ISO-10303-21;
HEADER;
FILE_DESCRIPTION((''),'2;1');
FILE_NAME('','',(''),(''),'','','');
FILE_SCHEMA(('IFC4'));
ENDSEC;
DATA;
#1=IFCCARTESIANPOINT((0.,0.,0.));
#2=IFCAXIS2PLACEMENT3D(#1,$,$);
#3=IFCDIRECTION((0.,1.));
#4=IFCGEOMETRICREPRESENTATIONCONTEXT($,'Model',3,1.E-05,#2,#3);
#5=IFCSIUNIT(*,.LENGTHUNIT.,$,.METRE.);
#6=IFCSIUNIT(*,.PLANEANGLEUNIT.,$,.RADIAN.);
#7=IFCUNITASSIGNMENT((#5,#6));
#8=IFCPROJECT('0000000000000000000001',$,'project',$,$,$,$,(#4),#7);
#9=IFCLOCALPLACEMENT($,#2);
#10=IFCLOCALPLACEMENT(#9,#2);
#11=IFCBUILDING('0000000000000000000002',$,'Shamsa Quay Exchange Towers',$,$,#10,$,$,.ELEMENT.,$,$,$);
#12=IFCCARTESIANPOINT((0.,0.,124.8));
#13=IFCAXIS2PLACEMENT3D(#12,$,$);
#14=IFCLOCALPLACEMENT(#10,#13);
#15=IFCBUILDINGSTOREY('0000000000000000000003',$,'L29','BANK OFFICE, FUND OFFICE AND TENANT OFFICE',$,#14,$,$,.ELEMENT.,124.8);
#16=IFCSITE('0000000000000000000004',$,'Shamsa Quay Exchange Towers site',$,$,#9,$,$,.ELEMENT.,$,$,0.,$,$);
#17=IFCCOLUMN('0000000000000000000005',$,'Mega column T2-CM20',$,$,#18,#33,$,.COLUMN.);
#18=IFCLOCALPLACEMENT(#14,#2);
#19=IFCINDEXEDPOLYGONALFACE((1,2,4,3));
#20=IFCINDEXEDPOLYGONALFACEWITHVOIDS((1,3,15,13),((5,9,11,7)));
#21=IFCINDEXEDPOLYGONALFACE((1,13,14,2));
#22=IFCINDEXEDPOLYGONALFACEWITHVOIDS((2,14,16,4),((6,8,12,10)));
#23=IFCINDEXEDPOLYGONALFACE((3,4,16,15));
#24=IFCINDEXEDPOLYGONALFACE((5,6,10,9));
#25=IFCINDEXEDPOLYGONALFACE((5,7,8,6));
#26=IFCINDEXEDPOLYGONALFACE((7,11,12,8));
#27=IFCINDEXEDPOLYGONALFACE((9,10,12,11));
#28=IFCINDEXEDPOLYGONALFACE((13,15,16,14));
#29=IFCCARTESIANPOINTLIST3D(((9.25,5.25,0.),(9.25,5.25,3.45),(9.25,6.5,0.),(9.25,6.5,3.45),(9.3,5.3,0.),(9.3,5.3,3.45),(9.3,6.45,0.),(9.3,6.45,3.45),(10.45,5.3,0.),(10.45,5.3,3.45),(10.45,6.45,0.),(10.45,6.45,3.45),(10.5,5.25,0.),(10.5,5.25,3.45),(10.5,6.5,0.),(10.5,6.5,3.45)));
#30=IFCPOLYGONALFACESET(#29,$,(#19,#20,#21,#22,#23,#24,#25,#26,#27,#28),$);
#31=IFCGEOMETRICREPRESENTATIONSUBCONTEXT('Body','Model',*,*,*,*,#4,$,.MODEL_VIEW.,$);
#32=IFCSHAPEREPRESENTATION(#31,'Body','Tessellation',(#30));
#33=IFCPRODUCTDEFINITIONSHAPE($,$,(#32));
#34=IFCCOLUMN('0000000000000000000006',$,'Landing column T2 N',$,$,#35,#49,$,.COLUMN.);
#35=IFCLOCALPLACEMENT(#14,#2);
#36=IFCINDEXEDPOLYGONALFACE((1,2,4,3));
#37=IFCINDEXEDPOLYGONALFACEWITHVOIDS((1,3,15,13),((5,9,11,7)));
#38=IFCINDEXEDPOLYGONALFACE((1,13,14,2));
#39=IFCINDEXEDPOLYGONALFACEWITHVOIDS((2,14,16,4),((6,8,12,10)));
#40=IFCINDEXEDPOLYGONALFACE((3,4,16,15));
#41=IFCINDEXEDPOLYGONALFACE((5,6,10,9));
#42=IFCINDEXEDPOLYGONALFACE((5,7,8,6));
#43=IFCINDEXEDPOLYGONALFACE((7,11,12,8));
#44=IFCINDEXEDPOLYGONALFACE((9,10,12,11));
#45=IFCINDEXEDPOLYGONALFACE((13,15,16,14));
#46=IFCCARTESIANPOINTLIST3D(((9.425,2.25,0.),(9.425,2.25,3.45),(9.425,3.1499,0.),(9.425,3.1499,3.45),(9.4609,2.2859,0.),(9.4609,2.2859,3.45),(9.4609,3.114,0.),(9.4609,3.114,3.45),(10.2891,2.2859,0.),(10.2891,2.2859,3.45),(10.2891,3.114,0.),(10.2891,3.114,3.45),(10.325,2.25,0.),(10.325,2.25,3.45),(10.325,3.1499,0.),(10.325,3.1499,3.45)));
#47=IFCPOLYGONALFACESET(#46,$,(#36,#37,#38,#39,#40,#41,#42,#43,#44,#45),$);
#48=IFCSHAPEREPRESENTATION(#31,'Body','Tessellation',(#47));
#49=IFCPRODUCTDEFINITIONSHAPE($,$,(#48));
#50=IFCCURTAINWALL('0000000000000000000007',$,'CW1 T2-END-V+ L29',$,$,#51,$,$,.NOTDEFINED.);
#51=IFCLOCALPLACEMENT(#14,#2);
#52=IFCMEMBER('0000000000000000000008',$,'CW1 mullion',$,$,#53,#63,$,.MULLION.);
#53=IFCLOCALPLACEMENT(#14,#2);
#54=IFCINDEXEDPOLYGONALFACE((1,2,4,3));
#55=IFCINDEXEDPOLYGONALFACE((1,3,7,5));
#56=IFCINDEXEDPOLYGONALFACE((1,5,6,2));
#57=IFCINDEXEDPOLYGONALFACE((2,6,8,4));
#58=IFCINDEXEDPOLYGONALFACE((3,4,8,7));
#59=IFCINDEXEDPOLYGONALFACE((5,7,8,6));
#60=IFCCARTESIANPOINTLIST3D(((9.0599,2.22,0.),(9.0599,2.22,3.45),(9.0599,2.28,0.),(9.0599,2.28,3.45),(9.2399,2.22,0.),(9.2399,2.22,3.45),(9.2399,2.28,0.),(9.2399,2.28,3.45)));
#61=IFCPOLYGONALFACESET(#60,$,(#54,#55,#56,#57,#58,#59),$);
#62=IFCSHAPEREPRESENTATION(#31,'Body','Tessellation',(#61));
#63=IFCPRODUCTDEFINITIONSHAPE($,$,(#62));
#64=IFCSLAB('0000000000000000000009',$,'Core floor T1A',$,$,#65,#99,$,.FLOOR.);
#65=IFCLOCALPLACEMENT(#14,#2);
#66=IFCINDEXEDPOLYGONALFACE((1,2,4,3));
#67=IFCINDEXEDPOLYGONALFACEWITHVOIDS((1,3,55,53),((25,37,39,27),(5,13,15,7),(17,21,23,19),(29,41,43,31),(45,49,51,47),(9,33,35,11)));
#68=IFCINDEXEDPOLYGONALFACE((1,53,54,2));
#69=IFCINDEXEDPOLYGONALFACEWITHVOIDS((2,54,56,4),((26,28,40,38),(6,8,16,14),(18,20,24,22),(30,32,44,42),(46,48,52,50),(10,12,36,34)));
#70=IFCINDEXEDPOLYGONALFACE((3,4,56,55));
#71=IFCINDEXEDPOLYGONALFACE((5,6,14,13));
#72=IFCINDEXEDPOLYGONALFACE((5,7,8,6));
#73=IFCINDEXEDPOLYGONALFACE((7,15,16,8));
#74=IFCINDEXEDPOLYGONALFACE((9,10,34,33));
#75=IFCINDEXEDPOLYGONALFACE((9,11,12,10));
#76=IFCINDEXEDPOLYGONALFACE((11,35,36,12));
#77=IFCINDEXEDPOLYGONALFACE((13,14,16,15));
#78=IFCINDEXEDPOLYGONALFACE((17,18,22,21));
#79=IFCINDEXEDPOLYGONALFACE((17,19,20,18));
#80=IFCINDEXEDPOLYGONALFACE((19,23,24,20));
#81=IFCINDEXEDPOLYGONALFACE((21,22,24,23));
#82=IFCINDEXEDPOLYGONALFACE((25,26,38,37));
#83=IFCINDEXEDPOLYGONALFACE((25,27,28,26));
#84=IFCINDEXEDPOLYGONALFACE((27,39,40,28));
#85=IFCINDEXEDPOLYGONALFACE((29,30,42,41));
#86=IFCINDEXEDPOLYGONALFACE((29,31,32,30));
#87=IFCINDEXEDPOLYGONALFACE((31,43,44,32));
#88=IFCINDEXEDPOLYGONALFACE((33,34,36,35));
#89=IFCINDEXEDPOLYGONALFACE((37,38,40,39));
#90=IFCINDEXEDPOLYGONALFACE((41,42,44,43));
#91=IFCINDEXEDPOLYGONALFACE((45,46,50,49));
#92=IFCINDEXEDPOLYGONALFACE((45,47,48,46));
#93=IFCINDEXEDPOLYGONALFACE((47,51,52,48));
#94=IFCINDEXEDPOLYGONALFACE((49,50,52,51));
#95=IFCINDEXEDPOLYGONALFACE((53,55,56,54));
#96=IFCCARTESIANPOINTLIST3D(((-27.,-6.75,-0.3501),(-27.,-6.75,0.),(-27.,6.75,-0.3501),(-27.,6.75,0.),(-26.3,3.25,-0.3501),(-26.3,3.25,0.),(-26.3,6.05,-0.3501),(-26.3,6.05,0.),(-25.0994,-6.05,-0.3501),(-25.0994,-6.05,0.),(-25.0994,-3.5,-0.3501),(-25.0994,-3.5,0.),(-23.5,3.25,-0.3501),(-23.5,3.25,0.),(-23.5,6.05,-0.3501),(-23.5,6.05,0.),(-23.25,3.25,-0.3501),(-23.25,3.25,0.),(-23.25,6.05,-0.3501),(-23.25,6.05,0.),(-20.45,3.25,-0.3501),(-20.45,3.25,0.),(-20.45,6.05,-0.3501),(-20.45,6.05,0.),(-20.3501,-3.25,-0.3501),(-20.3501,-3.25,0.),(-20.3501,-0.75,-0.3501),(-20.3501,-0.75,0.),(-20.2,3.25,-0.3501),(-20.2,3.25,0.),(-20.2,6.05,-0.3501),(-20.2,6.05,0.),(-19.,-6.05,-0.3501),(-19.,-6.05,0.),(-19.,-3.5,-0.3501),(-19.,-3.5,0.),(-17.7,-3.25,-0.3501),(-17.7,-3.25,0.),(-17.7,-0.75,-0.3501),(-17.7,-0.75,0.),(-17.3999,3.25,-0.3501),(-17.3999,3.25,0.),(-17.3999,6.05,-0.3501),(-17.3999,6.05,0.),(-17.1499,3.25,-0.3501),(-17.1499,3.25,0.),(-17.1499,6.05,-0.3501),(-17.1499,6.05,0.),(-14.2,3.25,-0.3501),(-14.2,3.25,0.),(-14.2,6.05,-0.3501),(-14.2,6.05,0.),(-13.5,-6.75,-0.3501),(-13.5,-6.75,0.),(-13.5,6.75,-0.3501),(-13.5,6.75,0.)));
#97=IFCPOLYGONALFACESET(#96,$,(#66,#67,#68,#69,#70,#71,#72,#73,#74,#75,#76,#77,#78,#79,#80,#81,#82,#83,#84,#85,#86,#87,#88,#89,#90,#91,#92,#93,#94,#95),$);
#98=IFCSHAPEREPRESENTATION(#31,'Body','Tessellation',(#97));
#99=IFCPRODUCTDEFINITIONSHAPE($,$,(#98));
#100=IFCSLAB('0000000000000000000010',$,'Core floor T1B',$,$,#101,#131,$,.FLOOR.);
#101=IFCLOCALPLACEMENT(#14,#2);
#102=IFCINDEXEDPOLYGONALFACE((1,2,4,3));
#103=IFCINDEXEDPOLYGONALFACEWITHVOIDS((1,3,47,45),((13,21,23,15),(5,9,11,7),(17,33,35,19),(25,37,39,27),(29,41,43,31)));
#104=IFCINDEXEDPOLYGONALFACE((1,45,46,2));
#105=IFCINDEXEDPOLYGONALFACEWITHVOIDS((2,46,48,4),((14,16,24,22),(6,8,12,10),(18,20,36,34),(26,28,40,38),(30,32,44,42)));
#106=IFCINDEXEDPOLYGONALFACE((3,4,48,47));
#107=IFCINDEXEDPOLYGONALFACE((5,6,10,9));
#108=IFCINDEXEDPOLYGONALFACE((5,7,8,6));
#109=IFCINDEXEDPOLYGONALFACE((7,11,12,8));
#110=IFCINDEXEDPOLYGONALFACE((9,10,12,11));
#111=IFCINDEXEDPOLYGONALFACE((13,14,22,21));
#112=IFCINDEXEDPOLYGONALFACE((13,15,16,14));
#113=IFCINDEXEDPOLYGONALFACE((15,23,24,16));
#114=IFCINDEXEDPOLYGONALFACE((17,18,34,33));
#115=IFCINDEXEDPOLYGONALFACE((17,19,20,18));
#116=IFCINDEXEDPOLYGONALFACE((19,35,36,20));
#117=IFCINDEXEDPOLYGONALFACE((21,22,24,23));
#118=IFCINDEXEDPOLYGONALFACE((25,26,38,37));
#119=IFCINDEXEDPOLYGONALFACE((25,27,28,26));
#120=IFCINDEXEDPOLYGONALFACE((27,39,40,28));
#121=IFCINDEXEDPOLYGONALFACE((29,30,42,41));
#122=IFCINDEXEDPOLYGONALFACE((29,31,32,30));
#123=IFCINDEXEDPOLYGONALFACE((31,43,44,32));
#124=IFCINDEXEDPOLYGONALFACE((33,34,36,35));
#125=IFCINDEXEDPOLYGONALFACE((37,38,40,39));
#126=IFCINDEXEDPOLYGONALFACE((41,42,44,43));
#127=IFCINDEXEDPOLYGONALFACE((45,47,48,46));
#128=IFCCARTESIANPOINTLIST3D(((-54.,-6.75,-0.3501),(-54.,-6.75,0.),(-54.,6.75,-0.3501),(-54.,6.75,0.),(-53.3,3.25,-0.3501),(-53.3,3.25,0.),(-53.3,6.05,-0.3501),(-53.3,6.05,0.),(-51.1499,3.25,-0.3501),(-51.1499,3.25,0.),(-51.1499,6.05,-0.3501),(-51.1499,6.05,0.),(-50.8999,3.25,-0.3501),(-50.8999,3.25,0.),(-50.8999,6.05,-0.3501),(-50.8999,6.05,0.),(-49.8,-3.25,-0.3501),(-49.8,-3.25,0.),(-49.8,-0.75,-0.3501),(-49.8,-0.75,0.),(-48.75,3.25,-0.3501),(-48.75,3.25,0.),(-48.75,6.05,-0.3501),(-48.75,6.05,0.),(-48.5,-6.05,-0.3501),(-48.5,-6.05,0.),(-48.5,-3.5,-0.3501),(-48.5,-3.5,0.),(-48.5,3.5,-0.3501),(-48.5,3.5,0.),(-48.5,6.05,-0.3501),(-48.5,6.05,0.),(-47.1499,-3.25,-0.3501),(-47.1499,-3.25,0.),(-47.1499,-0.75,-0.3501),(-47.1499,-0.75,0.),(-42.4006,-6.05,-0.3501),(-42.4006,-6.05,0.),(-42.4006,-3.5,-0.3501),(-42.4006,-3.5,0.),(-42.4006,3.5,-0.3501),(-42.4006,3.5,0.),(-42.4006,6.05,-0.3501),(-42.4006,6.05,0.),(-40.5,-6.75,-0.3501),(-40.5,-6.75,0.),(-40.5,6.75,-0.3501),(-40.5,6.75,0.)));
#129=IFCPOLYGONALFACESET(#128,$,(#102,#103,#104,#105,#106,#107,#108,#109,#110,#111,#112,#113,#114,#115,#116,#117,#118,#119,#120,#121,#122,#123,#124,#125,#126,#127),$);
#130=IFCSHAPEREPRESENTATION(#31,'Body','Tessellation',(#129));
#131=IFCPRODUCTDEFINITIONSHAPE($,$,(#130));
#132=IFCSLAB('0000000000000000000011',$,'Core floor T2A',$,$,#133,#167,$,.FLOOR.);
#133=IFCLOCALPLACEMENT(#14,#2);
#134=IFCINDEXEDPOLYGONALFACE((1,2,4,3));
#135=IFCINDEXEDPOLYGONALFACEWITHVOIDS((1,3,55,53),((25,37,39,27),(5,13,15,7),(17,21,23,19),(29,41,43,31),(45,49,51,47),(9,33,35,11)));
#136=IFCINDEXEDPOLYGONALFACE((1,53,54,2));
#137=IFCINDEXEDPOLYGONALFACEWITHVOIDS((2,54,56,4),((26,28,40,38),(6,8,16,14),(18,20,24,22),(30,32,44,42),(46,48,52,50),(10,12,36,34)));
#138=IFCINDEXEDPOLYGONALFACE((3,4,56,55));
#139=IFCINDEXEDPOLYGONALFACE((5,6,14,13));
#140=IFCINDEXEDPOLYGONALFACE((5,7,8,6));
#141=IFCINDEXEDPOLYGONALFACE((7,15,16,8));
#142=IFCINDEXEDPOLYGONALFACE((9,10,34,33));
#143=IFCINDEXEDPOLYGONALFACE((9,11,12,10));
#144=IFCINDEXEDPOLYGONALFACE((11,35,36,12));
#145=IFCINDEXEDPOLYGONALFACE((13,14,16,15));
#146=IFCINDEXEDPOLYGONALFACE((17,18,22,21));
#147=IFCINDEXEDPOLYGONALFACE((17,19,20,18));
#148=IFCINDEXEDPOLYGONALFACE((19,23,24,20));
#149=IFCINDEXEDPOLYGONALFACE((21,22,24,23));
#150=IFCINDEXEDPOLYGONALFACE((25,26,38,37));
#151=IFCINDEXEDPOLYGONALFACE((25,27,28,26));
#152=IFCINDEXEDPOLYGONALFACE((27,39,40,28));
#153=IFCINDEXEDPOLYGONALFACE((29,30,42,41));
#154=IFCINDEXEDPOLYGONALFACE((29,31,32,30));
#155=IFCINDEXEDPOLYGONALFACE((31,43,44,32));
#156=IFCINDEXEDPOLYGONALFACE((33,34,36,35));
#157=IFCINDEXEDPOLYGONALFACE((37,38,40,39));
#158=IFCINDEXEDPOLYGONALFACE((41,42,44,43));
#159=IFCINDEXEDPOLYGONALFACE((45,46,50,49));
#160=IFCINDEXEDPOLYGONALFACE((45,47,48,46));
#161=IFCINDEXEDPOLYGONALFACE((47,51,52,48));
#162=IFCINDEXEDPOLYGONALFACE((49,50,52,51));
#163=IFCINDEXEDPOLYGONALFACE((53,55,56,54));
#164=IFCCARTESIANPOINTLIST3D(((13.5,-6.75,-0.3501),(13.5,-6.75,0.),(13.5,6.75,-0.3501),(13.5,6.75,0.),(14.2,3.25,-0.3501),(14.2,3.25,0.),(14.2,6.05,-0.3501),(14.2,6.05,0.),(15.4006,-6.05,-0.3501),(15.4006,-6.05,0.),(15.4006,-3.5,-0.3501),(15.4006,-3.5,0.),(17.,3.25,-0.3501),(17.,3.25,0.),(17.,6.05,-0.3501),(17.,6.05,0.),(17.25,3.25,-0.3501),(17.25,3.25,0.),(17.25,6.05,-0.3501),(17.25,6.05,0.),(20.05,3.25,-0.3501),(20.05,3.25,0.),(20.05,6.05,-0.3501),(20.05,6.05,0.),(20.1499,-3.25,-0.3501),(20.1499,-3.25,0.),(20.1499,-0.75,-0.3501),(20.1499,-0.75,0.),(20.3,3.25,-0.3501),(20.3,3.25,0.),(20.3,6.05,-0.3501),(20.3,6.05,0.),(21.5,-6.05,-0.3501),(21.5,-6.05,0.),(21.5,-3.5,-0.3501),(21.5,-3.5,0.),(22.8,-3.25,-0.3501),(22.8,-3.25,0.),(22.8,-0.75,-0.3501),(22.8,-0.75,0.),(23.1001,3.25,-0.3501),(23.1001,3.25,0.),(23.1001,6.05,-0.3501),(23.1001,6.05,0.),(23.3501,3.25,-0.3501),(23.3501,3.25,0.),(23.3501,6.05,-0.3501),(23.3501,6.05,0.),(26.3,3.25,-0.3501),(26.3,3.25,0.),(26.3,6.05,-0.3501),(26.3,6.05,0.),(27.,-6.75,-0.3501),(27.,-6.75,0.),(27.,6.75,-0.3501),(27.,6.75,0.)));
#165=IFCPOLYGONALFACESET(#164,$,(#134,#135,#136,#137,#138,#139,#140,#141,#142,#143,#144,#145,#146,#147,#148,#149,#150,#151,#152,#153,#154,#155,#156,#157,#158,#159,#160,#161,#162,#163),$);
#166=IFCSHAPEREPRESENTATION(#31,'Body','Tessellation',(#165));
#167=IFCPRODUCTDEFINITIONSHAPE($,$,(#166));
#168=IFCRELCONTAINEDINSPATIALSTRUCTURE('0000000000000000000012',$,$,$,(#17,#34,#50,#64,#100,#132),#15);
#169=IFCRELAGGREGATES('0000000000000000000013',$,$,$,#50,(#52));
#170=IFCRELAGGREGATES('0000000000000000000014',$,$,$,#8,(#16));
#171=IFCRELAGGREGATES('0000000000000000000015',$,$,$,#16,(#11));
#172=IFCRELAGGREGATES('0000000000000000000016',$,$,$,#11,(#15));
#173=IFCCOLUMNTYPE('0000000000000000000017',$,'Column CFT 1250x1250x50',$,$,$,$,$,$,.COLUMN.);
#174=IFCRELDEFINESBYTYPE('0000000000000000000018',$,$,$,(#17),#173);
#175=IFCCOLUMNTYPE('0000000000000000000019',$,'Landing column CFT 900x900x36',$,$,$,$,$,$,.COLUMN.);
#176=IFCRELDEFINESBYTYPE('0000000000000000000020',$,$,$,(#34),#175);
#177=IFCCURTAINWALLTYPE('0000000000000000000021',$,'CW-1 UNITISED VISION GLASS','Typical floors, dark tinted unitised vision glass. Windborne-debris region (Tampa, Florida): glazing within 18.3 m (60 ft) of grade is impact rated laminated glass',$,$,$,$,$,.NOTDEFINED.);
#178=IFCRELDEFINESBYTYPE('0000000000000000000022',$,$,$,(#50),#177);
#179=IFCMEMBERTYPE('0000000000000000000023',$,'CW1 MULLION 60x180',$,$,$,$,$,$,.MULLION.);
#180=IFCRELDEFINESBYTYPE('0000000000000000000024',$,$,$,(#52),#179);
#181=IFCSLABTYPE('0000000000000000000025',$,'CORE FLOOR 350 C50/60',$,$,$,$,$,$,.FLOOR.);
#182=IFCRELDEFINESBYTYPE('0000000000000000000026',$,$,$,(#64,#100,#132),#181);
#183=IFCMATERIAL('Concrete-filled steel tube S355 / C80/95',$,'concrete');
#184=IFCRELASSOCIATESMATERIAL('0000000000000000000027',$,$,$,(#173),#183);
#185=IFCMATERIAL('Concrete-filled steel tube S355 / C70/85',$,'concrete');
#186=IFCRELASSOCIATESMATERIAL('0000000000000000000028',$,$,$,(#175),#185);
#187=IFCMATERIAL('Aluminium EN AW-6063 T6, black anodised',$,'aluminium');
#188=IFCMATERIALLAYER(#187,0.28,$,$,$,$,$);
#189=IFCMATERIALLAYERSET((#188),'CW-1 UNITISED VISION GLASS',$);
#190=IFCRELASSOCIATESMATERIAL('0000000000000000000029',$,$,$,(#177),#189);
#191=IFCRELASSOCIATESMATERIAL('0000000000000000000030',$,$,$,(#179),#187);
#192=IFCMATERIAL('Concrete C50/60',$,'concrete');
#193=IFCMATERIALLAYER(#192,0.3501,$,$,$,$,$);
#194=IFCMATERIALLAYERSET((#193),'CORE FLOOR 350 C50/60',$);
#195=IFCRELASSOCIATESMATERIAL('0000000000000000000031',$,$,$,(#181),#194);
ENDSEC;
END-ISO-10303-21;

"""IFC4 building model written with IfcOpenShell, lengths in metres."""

from ifc_helpers import new_model, si_unit, direction, frame, origin, origin_2d, place, context, subcontext, project, spatial, polyline, rectangle, hollow_rectangle, outline, extrude, material, layer, layer_set, material_profile, profile_set, type_object, element, aggregate, save


model = new_model("IFC4")

# Units and contexts
model_context = context("Model", 3, precision=1e-05, world=origin(), true_north=direction((0.0, 1.0)))
body_context = subcontext(model_context, "Body", "Model", "MODEL_VIEW")
ifc_project = project(units=[si_unit("LENGTHUNIT", "METRE"), si_unit("PLANEANGLEUNIT", "RADIAN")], contexts=[model_context])

# Site, building, storey
site_placement = place(None, origin())
site = spatial("IfcSite", under=ifc_project, at=site_placement, Name="Shamsa Quay Exchange Towers site", CompositionType="ELEMENT", RefElevation=0.0)
building_placement = place(site_placement, origin())
building = spatial("IfcBuilding", under=site, at=building_placement, Name="Shamsa Quay Exchange Towers", CompositionType="ELEMENT")
storey_placement = place(building_placement, frame((0.0, 0.0, 124.8)))
storey = spatial("IfcBuildingStorey", under=building, at=storey_placement, Name="L29", Description="BANK OFFICE, FUND OFFICE AND TENANT OFFICE", CompositionType="ELEMENT", Elevation=124.8)

# Columns
ifc_material_1 = material(Name="Concrete-filled steel tube S355 / C80/95", Category="concrete")
ifc_material_profile_1 = material_profile(ifc_material_1, hollow_rectangle(XDim=1.25, YDim=1.25, WallThickness=0.05, at=origin_2d()), Name="CFT 1250x1250x50")
ifc_profile_set_1 = profile_set([ifc_material_profile_1], Name="Concrete-filled steel tube S355 / C80/95")
column_type_1 = type_object("IfcColumnType", Name="Column CFT 1250x1250x50", PredefinedType="COLUMN", material=ifc_profile_set_1)
column_1_placement = place(storey_placement, frame((9.875, 5.875, 0.0)))
element("IfcColumn", 1, at=column_1_placement, inside=storey, type_object=column_type_1, Name="Mega column T2-CM20", PredefinedType="COLUMN", context=body_context, shape_type="SweptSolid", body=[
    extrude(hollow_rectangle(XDim=1.25, YDim=1.25, WallThickness=0.05, at=origin_2d()), origin(), (0.0, 0.0, 1.0), 3.45),
])
ifc_material_2 = material(Name="Concrete-filled steel tube S355 / C70/85", Category="concrete")
ifc_material_profile_2 = material_profile(ifc_material_2, hollow_rectangle(XDim=0.8999, YDim=0.8999, WallThickness=0.0359, at=origin_2d()), Name="CFT 900x900x36")
ifc_profile_set_2 = profile_set([ifc_material_profile_2], Name="Concrete-filled steel tube S355 / C70/85")
column_type_2 = type_object("IfcColumnType", Name="Landing column CFT 900x900x36", PredefinedType="COLUMN", material=ifc_profile_set_2)
column_2_placement = place(storey_placement, frame((9.875, 2.7, 0.0)))
element("IfcColumn", 2, at=column_2_placement, inside=storey, type_object=column_type_2, Name="Landing column T2 N", PredefinedType="COLUMN", context=body_context, shape_type="SweptSolid", body=[
    extrude(hollow_rectangle(XDim=0.8999, YDim=0.8999, WallThickness=0.0359, at=origin_2d()), origin(), (0.0, 0.0, 1.0), 3.45),
])

# Curtain wall, member
ifc_material_3 = material(Name="Aluminium EN AW-6063 T6, black anodised", Category="aluminium")
ifc_layer_1 = layer(ifc_material_3, 0.28)
ifc_layer_set_1 = layer_set([ifc_layer_1], Name="CW-1 UNITISED VISION GLASS")
curtain_wall_type_1 = type_object("IfcCurtainWallType", Name="CW-1 UNITISED VISION GLASS", Description="Typical floors, dark tinted unitised vision glass. Windborne-debris region (Tampa, Florida): glazing within 18.3 m (60 ft) of grade is impact rated laminated glass", PredefinedType="NOTDEFINED", material=ifc_layer_set_1)
curtain_wall_1_placement = place(storey_placement, origin())
curtain_wall_1 = element("IfcCurtainWall", 3, at=curtain_wall_1_placement, inside=storey, type_object=curtain_wall_type_1, Name="CW1 T2-END-V+ L29", PredefinedType="NOTDEFINED")
ifc_material_profile_3 = material_profile(ifc_material_3, rectangle(XDim=0.1799, YDim=0.0601, at=origin_2d()), Name="MU60x180")
ifc_profile_set_3 = profile_set([ifc_material_profile_3], Name="Aluminium EN AW-6063 T6, black anodised")
member_type = type_object("IfcMemberType", Name="CW1 MULLION 60x180", PredefinedType="MULLION", material=ifc_profile_set_3)
member_placement = place(storey_placement, frame((9.1499, 2.25, 0.0)))
member = element("IfcMember", 4, at=member_placement, type_object=member_type, Name="CW1 mullion", PredefinedType="MULLION", context=body_context, shape_type="SweptSolid", body=[
    extrude(rectangle(XDim=0.1799, YDim=0.0601, at=origin_2d()), origin(), (0.0, 0.0, 1.0), 3.45),
])

# Slabs
ifc_material_4 = material(Name="Concrete C50/60", Category="concrete")
ifc_layer_2 = layer(ifc_material_4, 0.3501)
ifc_layer_set_2 = layer_set([ifc_layer_2], Name="CORE FLOOR 350 C50/60")
slab_type_1 = type_object("IfcSlabType", Name="CORE FLOOR 350 C50/60", PredefinedType="FLOOR", material=ifc_layer_set_2)
slab_1_placement = place(storey_placement, frame((0.0, 0.0, -0.3501)))
element("IfcSlab", 5, at=slab_1_placement, inside=storey, type_object=slab_type_1, Name="Core floor T1A", PredefinedType="FLOOR", context=body_context, shape_type="SweptSolid", body=[
    extrude(outline(polyline([(-27.0, -6.75), (-13.5, -6.75), (-13.5, 6.75), (-27.0, 6.75), (-27.0, -6.75)]), holes=[polyline([(-25.0994, -6.05), (-25.0994, -3.5), (-19.0, -3.5), (-19.0, -6.05), (-25.0994, -6.05)]), polyline([(-26.3, 3.25), (-26.3, 6.05), (-23.5, 6.05), (-23.5, 3.25), (-26.3, 3.25)]), polyline([(-23.25, 3.25), (-23.25, 6.05), (-20.45, 6.05), (-20.45, 3.25), (-23.25, 3.25)]), polyline([(-20.2, 3.25), (-20.2, 6.05), (-17.3999, 6.05), (-17.3999, 3.25), (-20.2, 3.25)]), polyline([(-17.1499, 3.25), (-17.1499, 6.05), (-14.2, 6.05), (-14.2, 3.25), (-17.1499, 3.25)]), polyline([(-20.3501, -3.25), (-20.3501, -0.75), (-17.7, -0.75), (-17.7, -3.25), (-20.3501, -3.25)])]), origin(), (0.0, 0.0, 1.0), 0.3501),
])
slab_2_placement = place(storey_placement, frame((0.0, 0.0, -0.3501)))
element("IfcSlab", 6, at=slab_2_placement, inside=storey, type_object=slab_type_1, Name="Core floor T1B", PredefinedType="FLOOR", context=body_context, shape_type="SweptSolid", body=[
    extrude(outline(polyline([(-40.5, -6.75), (-40.5, 6.75), (-54.0, 6.75), (-54.0, -6.75), (-40.5, -6.75)]), holes=[polyline([(-42.4006, -3.5), (-42.4006, -6.05), (-48.5, -6.05), (-48.5, -3.5), (-42.4006, -3.5)]), polyline([(-42.4006, 6.05), (-42.4006, 3.5), (-48.5, 3.5), (-48.5, 6.05), (-42.4006, 6.05)]), polyline([(-48.75, 3.25), (-50.8999, 3.25), (-50.8999, 6.05), (-48.75, 6.05), (-48.75, 3.25)]), polyline([(-51.1499, 3.25), (-53.3, 3.25), (-53.3, 6.05), (-51.1499, 6.05), (-51.1499, 3.25)]), polyline([(-47.1499, -3.25), (-49.8, -3.25), (-49.8, -0.75), (-47.1499, -0.75), (-47.1499, -3.25)])]), origin(), (0.0, 0.0, 1.0), 0.3501),
])
slab_3_placement = place(storey_placement, frame((0.0, 0.0, -0.3501)))
element("IfcSlab", 7, at=slab_3_placement, inside=storey, type_object=slab_type_1, Name="Core floor T2A", PredefinedType="FLOOR", context=body_context, shape_type="SweptSolid", body=[
    extrude(outline(polyline([(13.5, -6.75), (27.0, -6.75), (27.0, 6.75), (13.5, 6.75), (13.5, -6.75)]), holes=[polyline([(15.4006, -6.05), (15.4006, -3.5), (21.5, -3.5), (21.5, -6.05), (15.4006, -6.05)]), polyline([(14.2, 3.25), (14.2, 6.05), (17.0, 6.05), (17.0, 3.25), (14.2, 3.25)]), polyline([(17.25, 3.25), (17.25, 6.05), (20.05, 6.05), (20.05, 3.25), (17.25, 3.25)]), polyline([(20.3, 3.25), (20.3, 6.05), (23.1001, 6.05), (23.1001, 3.25), (20.3, 3.25)]), polyline([(23.3501, 3.25), (23.3501, 6.05), (26.3, 6.05), (26.3, 3.25), (23.3501, 3.25)]), polyline([(20.1499, -3.25), (20.1499, -0.75), (22.8, -0.75), (22.8, -3.25), (20.1499, -3.25)])]), origin(), (0.0, 0.0, 1.0), 0.3501),
])

aggregate(curtain_wall_1, [member])

save(model, "model.ifc")
